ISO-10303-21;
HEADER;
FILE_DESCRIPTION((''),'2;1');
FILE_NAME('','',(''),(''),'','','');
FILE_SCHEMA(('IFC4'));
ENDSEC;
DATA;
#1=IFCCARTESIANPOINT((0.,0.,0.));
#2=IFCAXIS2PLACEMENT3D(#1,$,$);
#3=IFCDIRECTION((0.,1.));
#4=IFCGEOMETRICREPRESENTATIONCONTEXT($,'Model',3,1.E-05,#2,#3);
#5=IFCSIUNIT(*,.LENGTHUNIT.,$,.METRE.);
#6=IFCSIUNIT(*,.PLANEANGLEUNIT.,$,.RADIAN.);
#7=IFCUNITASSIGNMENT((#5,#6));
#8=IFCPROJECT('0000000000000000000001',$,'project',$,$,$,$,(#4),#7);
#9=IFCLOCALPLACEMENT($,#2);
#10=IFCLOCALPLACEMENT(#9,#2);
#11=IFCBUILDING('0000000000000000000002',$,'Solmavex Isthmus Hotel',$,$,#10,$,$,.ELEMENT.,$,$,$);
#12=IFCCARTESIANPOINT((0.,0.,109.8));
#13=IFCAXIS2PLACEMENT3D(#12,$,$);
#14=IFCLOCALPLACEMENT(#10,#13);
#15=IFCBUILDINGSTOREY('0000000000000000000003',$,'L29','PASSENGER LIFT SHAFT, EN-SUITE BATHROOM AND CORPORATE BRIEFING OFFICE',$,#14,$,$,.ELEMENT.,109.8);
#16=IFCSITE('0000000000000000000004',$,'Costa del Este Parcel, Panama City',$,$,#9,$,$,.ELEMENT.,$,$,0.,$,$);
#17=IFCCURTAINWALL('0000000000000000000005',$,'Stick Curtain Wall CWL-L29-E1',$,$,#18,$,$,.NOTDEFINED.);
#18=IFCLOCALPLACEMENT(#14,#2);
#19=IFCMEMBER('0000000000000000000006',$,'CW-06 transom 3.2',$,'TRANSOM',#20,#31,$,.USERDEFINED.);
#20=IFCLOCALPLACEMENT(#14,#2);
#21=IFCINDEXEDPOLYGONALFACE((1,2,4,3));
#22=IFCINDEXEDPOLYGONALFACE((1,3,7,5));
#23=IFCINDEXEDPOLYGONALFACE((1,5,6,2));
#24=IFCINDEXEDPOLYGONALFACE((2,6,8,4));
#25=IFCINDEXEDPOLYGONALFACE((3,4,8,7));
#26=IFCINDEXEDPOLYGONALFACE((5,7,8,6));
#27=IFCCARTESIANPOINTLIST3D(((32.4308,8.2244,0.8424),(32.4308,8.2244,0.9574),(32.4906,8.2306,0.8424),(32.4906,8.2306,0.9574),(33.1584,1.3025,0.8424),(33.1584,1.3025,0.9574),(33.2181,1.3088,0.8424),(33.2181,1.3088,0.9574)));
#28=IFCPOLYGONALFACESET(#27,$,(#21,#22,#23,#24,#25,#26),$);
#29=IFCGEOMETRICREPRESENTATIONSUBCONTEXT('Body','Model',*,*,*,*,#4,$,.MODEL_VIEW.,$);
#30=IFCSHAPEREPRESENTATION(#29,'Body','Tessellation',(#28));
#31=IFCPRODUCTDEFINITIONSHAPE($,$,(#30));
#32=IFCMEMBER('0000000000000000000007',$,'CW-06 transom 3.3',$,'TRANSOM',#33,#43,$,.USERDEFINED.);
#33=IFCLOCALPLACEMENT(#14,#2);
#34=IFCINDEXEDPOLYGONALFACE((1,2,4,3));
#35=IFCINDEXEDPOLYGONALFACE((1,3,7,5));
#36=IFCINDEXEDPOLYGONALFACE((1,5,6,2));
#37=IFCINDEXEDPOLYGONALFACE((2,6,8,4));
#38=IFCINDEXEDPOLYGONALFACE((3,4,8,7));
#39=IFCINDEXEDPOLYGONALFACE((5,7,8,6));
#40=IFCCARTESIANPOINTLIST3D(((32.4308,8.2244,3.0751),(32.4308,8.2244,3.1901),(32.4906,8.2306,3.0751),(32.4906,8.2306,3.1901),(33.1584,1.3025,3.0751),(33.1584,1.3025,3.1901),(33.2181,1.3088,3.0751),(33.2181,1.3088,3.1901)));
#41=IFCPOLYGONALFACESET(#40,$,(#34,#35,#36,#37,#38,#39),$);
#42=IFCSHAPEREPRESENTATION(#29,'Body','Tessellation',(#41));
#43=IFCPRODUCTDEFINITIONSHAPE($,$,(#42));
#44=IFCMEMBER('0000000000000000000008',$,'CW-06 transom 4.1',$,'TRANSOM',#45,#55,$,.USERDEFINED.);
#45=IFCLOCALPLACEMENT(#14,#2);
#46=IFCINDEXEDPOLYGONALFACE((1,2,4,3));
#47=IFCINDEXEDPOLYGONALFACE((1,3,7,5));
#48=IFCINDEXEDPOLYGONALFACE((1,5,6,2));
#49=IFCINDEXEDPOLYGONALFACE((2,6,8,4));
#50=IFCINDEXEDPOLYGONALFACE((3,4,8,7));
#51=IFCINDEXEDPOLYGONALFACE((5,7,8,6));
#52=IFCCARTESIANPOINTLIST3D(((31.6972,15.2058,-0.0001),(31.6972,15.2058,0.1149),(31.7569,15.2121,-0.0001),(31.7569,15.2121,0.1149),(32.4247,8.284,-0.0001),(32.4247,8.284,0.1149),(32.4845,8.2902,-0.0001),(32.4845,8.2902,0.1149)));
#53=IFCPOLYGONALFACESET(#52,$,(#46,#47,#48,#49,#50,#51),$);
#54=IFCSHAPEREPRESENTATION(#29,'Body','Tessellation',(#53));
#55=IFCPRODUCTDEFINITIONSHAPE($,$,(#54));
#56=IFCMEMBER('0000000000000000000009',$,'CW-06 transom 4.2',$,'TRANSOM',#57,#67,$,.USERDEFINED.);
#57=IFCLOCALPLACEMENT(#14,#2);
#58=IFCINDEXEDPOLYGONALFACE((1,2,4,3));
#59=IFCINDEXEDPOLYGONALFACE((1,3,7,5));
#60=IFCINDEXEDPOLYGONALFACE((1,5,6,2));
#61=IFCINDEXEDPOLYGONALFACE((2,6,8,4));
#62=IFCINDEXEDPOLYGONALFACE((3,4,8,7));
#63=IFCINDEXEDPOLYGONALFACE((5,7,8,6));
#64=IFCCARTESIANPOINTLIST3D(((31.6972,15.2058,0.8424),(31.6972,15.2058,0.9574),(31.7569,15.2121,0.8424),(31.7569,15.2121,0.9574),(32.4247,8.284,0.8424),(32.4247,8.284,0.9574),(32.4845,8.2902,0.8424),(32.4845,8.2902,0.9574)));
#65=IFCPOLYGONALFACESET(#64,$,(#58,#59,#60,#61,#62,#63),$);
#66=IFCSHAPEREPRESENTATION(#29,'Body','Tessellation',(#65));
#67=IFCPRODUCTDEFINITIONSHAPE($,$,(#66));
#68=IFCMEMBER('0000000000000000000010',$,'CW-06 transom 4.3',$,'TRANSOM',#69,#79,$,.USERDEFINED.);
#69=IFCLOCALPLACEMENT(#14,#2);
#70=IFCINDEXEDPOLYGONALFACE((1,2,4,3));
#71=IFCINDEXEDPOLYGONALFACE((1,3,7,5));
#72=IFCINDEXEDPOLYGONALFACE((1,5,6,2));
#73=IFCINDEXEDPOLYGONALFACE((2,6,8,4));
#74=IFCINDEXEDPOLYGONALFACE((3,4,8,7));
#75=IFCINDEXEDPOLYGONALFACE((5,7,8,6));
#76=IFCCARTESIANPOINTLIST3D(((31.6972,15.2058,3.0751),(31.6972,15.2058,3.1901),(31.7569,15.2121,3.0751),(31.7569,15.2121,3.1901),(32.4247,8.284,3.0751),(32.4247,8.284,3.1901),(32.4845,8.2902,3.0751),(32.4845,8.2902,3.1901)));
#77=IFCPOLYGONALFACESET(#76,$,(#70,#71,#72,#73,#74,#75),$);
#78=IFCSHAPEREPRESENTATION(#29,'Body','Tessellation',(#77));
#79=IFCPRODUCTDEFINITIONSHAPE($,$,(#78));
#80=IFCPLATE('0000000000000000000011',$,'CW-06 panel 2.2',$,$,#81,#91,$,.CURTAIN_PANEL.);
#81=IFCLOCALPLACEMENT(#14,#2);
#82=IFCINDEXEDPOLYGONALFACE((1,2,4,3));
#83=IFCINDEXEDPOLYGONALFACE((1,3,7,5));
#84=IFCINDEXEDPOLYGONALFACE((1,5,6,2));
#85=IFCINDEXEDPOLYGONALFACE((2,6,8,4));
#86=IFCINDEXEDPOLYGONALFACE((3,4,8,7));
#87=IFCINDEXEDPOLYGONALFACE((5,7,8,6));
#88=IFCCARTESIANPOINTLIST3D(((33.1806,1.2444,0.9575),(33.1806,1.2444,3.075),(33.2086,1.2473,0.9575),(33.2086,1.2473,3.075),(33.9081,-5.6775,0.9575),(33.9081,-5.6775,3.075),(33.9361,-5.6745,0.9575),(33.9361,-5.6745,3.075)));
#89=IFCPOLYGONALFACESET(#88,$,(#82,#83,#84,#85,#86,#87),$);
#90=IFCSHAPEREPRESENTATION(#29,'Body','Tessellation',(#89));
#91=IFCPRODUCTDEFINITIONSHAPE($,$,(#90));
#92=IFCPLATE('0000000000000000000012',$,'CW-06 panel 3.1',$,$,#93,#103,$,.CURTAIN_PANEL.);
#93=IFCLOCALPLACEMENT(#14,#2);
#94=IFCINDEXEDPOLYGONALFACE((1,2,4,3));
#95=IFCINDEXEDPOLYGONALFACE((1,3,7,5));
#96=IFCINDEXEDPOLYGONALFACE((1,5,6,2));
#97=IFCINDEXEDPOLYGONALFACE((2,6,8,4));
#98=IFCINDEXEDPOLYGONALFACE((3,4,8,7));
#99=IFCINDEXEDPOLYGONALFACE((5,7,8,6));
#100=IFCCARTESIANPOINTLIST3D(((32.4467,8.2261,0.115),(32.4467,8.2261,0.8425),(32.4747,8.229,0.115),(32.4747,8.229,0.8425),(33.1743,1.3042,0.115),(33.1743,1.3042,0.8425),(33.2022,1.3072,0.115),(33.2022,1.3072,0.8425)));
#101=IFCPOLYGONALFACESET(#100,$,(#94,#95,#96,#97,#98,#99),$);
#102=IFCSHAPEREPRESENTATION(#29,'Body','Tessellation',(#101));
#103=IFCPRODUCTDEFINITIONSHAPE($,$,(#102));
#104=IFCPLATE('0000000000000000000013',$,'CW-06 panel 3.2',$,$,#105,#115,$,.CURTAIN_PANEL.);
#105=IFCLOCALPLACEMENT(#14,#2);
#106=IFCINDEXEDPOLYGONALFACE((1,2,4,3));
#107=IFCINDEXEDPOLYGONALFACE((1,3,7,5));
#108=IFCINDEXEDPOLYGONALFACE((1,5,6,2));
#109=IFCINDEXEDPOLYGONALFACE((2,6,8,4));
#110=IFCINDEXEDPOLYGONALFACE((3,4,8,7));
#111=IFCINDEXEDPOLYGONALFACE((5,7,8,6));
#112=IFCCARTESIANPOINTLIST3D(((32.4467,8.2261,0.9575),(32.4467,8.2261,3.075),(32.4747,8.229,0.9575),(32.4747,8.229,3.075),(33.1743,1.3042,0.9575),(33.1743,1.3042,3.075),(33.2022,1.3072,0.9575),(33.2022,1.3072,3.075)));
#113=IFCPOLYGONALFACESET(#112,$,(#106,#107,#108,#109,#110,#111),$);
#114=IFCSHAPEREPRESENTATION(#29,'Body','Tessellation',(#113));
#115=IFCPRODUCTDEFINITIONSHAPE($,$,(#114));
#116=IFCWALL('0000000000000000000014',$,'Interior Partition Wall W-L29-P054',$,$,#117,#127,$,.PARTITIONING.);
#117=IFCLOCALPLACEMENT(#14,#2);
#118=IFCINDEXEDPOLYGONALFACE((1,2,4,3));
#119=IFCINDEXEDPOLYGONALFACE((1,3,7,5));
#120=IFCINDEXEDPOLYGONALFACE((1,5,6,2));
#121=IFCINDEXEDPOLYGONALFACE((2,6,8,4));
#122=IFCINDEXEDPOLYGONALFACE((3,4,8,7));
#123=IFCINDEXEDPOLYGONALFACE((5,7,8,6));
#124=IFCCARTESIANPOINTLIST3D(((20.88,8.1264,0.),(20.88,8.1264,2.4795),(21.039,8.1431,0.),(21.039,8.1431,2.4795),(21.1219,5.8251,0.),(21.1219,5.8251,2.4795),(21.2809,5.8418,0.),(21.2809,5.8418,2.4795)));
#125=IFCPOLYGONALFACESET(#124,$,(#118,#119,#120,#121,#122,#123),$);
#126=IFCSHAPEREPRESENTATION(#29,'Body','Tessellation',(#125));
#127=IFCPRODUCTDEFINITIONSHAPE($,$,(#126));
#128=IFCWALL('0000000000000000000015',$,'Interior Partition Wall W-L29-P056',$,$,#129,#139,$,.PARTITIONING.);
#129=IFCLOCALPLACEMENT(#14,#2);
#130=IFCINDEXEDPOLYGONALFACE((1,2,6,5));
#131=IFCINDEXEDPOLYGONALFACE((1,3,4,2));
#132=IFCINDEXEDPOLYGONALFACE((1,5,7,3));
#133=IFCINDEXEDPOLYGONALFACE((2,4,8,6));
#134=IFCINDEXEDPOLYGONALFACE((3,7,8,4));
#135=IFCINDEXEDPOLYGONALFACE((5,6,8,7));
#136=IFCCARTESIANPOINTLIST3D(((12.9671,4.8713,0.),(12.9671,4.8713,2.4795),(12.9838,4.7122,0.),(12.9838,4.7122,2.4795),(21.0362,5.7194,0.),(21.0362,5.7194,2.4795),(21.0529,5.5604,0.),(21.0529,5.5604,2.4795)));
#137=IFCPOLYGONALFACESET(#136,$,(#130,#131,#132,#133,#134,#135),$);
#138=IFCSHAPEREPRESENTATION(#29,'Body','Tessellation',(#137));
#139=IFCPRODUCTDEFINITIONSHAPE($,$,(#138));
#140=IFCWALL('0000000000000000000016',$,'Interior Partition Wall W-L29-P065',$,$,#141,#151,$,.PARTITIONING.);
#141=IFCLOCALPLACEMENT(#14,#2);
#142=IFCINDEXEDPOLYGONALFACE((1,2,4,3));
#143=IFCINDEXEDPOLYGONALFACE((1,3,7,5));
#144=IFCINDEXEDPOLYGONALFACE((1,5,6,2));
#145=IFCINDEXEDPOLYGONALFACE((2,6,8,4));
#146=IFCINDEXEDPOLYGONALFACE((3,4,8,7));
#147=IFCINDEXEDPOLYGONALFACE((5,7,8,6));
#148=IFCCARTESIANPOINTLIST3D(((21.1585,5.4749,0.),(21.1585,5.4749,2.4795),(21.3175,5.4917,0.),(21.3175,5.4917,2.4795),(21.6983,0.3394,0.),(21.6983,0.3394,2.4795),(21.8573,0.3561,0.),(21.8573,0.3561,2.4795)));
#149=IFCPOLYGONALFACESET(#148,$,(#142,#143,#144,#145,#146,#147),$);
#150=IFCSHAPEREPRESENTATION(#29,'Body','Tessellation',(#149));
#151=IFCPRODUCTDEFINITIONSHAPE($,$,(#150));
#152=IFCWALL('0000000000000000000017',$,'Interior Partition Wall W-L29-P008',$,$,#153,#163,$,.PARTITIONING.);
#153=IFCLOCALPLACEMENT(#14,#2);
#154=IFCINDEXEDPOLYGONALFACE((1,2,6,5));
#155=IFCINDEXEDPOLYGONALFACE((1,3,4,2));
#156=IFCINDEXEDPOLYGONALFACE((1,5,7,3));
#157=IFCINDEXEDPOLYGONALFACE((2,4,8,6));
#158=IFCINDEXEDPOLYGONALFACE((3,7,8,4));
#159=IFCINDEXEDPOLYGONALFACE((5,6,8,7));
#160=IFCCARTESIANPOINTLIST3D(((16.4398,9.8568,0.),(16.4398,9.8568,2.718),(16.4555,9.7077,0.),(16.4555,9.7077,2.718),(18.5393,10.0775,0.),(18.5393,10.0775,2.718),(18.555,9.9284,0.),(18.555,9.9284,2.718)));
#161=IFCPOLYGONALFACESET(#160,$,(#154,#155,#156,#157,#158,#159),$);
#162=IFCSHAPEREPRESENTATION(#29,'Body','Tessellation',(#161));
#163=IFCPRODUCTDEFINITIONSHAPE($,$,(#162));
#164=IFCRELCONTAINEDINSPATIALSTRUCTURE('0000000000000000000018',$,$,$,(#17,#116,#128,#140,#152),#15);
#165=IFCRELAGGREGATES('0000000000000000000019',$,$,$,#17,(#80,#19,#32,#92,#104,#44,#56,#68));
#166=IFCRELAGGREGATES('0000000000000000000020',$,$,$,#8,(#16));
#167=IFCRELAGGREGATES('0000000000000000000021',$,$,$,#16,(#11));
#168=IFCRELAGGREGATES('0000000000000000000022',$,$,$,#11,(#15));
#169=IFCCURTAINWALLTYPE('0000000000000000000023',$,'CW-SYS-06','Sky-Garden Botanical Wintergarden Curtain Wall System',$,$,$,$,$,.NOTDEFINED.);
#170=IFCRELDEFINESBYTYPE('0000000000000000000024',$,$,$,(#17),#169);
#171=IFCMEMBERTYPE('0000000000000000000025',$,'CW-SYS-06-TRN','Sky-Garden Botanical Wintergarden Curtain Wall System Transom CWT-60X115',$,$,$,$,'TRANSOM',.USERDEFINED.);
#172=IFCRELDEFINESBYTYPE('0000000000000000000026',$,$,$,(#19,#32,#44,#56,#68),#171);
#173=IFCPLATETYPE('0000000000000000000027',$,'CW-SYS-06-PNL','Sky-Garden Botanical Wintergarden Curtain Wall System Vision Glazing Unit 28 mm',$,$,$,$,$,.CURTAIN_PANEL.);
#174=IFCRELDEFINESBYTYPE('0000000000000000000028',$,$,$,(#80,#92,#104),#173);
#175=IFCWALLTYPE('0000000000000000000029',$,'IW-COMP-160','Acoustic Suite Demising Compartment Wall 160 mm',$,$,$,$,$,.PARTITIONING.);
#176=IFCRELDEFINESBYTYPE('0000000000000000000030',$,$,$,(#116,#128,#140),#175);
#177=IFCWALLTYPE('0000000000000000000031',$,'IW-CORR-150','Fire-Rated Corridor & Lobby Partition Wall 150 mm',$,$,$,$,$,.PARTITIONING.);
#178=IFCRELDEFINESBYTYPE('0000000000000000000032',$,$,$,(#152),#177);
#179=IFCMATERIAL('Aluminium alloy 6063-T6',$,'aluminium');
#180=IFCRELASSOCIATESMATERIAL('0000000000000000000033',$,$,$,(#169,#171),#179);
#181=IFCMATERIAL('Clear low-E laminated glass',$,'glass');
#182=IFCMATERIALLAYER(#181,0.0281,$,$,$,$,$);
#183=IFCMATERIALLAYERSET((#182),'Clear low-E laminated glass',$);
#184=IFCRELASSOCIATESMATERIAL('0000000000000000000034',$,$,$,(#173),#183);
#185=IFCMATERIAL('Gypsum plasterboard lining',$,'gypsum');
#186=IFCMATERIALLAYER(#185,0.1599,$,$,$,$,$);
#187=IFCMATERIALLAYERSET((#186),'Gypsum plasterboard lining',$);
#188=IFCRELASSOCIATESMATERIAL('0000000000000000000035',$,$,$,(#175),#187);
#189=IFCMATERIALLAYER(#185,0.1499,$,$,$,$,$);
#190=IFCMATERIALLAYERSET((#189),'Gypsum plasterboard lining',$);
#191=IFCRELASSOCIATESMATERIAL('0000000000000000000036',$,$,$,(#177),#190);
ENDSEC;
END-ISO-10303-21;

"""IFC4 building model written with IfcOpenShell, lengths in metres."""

from ifc_helpers import new_model, si_unit, direction, frame, frame_2d, origin, origin_2d, place, context, subcontext, project, spatial, rectangle, extrude, material, layer, layer_set, material_profile, profile_set, type_object, element, aggregate, save


model = new_model("IFC4")

# Units and contexts
model_context = context("Model", 3, precision=1e-05, world=origin(), true_north=direction((0.0, 1.0)))
body_context = subcontext(model_context, "Body", "Model", "MODEL_VIEW")
ifc_project = project(units=[si_unit("LENGTHUNIT", "METRE"), si_unit("PLANEANGLEUNIT", "RADIAN")], contexts=[model_context])

# Site, building, storey
site_placement = place(None, origin())
site = spatial("IfcSite", under=ifc_project, at=site_placement, Name="Costa del Este Parcel, Panama City", CompositionType="ELEMENT", RefElevation=0.0)
building_placement = place(site_placement, origin())
building = spatial("IfcBuilding", under=site, at=building_placement, Name="Solmavex Isthmus Hotel", CompositionType="ELEMENT")
storey_placement = place(building_placement, frame((0.0, 0.0, 109.8)))
storey = spatial("IfcBuildingStorey", under=building, at=storey_placement, Name="L29", Description="PASSENGER LIFT SHAFT, EN-SUITE BATHROOM AND CORPORATE BRIEFING OFFICE", CompositionType="ELEMENT", Elevation=109.8)

# Curtain wall, members, plates
ifc_material_1 = material(Name="Aluminium alloy 6063-T6", Category="aluminium")
curtain_wall_type = type_object("IfcCurtainWallType", Name="CW-SYS-06", Description="Sky-Garden Botanical Wintergarden Curtain Wall System", PredefinedType="NOTDEFINED", material=ifc_material_1)
curtain_wall_placement = place(storey_placement, origin())
curtain_wall = element("IfcCurtainWall", 1, at=curtain_wall_placement, inside=storey, type_object=curtain_wall_type, Name="Stick Curtain Wall CWL-L29-E1", PredefinedType="NOTDEFINED")
ifc_material_profile_1 = material_profile(ifc_material_1, rectangle(XDim=0.0601, YDim=0.115, at=origin_2d()), Name="CWT-60X115")
ifc_profile_set_1 = profile_set([ifc_material_profile_1], Name="Aluminium alloy 6063-T6")
member_type_1 = type_object("IfcMemberType", Name="CW-SYS-06-TRN", Description="Sky-Garden Botanical Wintergarden Curtain Wall System Transom CWT-60X115", ElementType="TRANSOM", PredefinedType="USERDEFINED", material=ifc_profile_set_1)
member_1_placement = place(storey_placement, frame((33.1882, 1.3057, 0.8999), z_axis=(-0.104531, 0.994522, 0.0), x_axis=(-0.994522, -0.104531, 0.0)))
member_1 = element("IfcMember", 2, at=member_1_placement, type_object=member_type_1, Name="CW-06 transom 3.2", ObjectType="TRANSOM", PredefinedType="USERDEFINED", context=body_context, shape_type="SweptSolid", body=[
    extrude(rectangle(XDim=0.0601, YDim=0.115, at=origin_2d()), origin(), (0.0, 0.0, 1.0), 6.96),
])
member_2_placement = place(storey_placement, frame((33.1882, 1.3057, 3.1326), z_axis=(-0.104531, 0.994522, 0.0), x_axis=(-0.994522, -0.104531, 0.0)))
member_2 = element("IfcMember", 3, at=member_2_placement, type_object=member_type_1, Name="CW-06 transom 3.3", ObjectType="TRANSOM", PredefinedType="USERDEFINED", context=body_context, shape_type="SweptSolid", body=[
    extrude(rectangle(XDim=0.0601, YDim=0.115, at=origin_2d()), origin(), (0.0, 0.0, 1.0), 6.96),
])
member_3_placement = place(storey_placement, frame((32.4546, 8.2871, 0.0574), z_axis=(-0.104531, 0.994522, 0.0), x_axis=(-0.994522, -0.104531, 0.0)))
member_3 = element("IfcMember", 4, at=member_3_placement, type_object=member_type_1, Name="CW-06 transom 4.1", ObjectType="TRANSOM", PredefinedType="USERDEFINED", context=body_context, shape_type="SweptSolid", body=[
    extrude(rectangle(XDim=0.0601, YDim=0.115, at=origin_2d()), origin(), (0.0, 0.0, 1.0), 6.96),
])
member_4_placement = place(storey_placement, frame((32.4546, 8.2871, 0.8999), z_axis=(-0.104531, 0.994522, 0.0), x_axis=(-0.994522, -0.104531, 0.0)))
member_4 = element("IfcMember", 5, at=member_4_placement, type_object=member_type_1, Name="CW-06 transom 4.2", ObjectType="TRANSOM", PredefinedType="USERDEFINED", context=body_context, shape_type="SweptSolid", body=[
    extrude(rectangle(XDim=0.0601, YDim=0.115, at=origin_2d()), origin(), (0.0, 0.0, 1.0), 6.96),
])
member_5_placement = place(storey_placement, frame((32.4546, 8.2871, 3.1326), z_axis=(-0.104531, 0.994522, 0.0), x_axis=(-0.994522, -0.104531, 0.0)))
member_5 = element("IfcMember", 6, at=member_5_placement, type_object=member_type_1, Name="CW-06 transom 4.3", ObjectType="TRANSOM", PredefinedType="USERDEFINED", context=body_context, shape_type="SweptSolid", body=[
    extrude(rectangle(XDim=0.0601, YDim=0.115, at=origin_2d()), origin(), (0.0, 0.0, 1.0), 6.96),
])
ifc_material_2 = material(Name="Clear low-E laminated glass", Category="glass")
ifc_layer_1 = layer(ifc_material_2, 0.0281)
ifc_layer_set_1 = layer_set([ifc_layer_1], Name="Clear low-E laminated glass")
plate_type = type_object("IfcPlateType", Name="CW-SYS-06-PNL", Description="Sky-Garden Botanical Wintergarden Curtain Wall System Vision Glazing Unit 28 mm", PredefinedType="CURTAIN_PANEL", material=ifc_layer_set_1)
plate_1_placement = place(storey_placement, frame((33.5583, -2.2151, 0.9575), z_axis=(0.0, 0.0, 1.0), x_axis=(-0.104528, 0.994522, 0.0)))
plate_1 = element("IfcPlate", 7, at=plate_1_placement, type_object=plate_type, Name="CW-06 panel 2.2", PredefinedType="CURTAIN_PANEL", context=body_context, shape_type="SweptSolid", body=[
    extrude(rectangle(XDim=6.96, YDim=0.0281, at=origin_2d()), origin(), (0.0, 0.0, 1.0), 2.1174),
])
plate_2_placement = place(storey_placement, frame((32.8245, 4.7666, 0.115), z_axis=(0.0, 0.0, 1.0), x_axis=(-0.104528, 0.994522, 0.0)))
plate_2 = element("IfcPlate", 8, at=plate_2_placement, type_object=plate_type, Name="CW-06 panel 3.1", PredefinedType="CURTAIN_PANEL", context=body_context, shape_type="SweptSolid", body=[
    extrude(rectangle(XDim=6.96, YDim=0.0281, at=origin_2d()), origin(), (0.0, 0.0, 1.0), 0.7275),
])
plate_3_placement = place(storey_placement, frame((32.8245, 4.7666, 0.9575), z_axis=(0.0, 0.0, 1.0), x_axis=(-0.104528, 0.994522, 0.0)))
plate_3 = element("IfcPlate", 9, at=plate_3_placement, type_object=plate_type, Name="CW-06 panel 3.2", PredefinedType="CURTAIN_PANEL", context=body_context, shape_type="SweptSolid", body=[
    extrude(rectangle(XDim=6.96, YDim=0.0281, at=origin_2d()), origin(), (0.0, 0.0, 1.0), 2.1174),
])
aggregate(curtain_wall, [plate_1, member_1, member_2, plate_2, plate_3, member_3, member_4, member_5])

# Walls
ifc_material_3 = material(Name="Gypsum plasterboard lining", Category="gypsum")
ifc_layer_2 = layer(ifc_material_3, 0.1599)
ifc_layer_set_2 = layer_set([ifc_layer_2], Name="Gypsum plasterboard lining")
wall_type_1 = type_object("IfcWallType", Name="IW-COMP-160", Description="Acoustic Suite Demising Compartment Wall 160 mm", PredefinedType="PARTITIONING", material=ifc_layer_set_2)
wall_1_placement = place(storey_placement, frame((20.9595, 8.1348, 0.0), z_axis=(0.0, 0.0, 1.0), x_axis=(0.104558, -0.994519, 0.0)))
element("IfcWall", 10, at=wall_1_placement, inside=storey, type_object=wall_type_1, Name="Interior Partition Wall W-L29-P054", PredefinedType="PARTITIONING", context=body_context, shape_type="SweptSolid", body=[
    extrude(rectangle(XDim=2.314, YDim=0.1599, at=frame_2d((1.157, 0.0))), origin(), (0.0, 0.0, 1.0), 2.4795),
])
wall_2_placement = place(storey_placement, frame((21.0444, 5.6399, 0.0), z_axis=(0.0, 0.0, 1.0), x_axis=(-0.994521, -0.104534, 0.0)))
element("IfcWall", 11, at=wall_2_placement, inside=storey, type_object=wall_type_1, Name="Interior Partition Wall W-L29-P056", PredefinedType="PARTITIONING", context=body_context, shape_type="SweptSolid", body=[
    extrude(rectangle(XDim=8.1135, YDim=0.1599, at=frame_2d((4.0566, 0.0))), origin(), (0.0, 0.0, 1.0), 2.4795),
])
wall_3_placement = place(storey_placement, frame((21.7778, 0.3477, 0.0), z_axis=(0.0, 0.0, 1.0), x_axis=(-0.104535, 0.994521, 0.0)))
element("IfcWall", 12, at=wall_3_placement, inside=storey, type_object=wall_type_1, Name="Interior Partition Wall W-L29-P065", PredefinedType="PARTITIONING", context=body_context, shape_type="SweptSolid", body=[
    extrude(rectangle(XDim=5.1638, YDim=0.1599, at=frame_2d((2.582, 0.0))), origin(), (0.0, 0.0, 1.0), 2.4795),
])
ifc_layer_3 = layer(ifc_material_3, 0.1499)
ifc_layer_set_3 = layer_set([ifc_layer_3], Name="Gypsum plasterboard lining")
wall_type_2 = type_object("IfcWallType", Name="IW-CORR-150", Description="Fire-Rated Corridor & Lobby Partition Wall 150 mm", PredefinedType="PARTITIONING", material=ifc_layer_set_3)
wall_4_placement = place(storey_placement, frame((16.4475, 9.7822, 0.0), z_axis=(0.0, 0.0, 1.0), x_axis=(0.994521, 0.10454, 0.0)))
element("IfcWall", 13, at=wall_4_placement, inside=storey, type_object=wall_type_2, Name="Interior Partition Wall W-L29-P008", PredefinedType="PARTITIONING", context=body_context, shape_type="SweptSolid", body=[
    extrude(rectangle(XDim=2.1111, YDim=0.1499, at=frame_2d((1.0557, 0.0))), origin(), (0.0, 0.0, 1.0), 2.718),
])

save(model, "model.ifc")
